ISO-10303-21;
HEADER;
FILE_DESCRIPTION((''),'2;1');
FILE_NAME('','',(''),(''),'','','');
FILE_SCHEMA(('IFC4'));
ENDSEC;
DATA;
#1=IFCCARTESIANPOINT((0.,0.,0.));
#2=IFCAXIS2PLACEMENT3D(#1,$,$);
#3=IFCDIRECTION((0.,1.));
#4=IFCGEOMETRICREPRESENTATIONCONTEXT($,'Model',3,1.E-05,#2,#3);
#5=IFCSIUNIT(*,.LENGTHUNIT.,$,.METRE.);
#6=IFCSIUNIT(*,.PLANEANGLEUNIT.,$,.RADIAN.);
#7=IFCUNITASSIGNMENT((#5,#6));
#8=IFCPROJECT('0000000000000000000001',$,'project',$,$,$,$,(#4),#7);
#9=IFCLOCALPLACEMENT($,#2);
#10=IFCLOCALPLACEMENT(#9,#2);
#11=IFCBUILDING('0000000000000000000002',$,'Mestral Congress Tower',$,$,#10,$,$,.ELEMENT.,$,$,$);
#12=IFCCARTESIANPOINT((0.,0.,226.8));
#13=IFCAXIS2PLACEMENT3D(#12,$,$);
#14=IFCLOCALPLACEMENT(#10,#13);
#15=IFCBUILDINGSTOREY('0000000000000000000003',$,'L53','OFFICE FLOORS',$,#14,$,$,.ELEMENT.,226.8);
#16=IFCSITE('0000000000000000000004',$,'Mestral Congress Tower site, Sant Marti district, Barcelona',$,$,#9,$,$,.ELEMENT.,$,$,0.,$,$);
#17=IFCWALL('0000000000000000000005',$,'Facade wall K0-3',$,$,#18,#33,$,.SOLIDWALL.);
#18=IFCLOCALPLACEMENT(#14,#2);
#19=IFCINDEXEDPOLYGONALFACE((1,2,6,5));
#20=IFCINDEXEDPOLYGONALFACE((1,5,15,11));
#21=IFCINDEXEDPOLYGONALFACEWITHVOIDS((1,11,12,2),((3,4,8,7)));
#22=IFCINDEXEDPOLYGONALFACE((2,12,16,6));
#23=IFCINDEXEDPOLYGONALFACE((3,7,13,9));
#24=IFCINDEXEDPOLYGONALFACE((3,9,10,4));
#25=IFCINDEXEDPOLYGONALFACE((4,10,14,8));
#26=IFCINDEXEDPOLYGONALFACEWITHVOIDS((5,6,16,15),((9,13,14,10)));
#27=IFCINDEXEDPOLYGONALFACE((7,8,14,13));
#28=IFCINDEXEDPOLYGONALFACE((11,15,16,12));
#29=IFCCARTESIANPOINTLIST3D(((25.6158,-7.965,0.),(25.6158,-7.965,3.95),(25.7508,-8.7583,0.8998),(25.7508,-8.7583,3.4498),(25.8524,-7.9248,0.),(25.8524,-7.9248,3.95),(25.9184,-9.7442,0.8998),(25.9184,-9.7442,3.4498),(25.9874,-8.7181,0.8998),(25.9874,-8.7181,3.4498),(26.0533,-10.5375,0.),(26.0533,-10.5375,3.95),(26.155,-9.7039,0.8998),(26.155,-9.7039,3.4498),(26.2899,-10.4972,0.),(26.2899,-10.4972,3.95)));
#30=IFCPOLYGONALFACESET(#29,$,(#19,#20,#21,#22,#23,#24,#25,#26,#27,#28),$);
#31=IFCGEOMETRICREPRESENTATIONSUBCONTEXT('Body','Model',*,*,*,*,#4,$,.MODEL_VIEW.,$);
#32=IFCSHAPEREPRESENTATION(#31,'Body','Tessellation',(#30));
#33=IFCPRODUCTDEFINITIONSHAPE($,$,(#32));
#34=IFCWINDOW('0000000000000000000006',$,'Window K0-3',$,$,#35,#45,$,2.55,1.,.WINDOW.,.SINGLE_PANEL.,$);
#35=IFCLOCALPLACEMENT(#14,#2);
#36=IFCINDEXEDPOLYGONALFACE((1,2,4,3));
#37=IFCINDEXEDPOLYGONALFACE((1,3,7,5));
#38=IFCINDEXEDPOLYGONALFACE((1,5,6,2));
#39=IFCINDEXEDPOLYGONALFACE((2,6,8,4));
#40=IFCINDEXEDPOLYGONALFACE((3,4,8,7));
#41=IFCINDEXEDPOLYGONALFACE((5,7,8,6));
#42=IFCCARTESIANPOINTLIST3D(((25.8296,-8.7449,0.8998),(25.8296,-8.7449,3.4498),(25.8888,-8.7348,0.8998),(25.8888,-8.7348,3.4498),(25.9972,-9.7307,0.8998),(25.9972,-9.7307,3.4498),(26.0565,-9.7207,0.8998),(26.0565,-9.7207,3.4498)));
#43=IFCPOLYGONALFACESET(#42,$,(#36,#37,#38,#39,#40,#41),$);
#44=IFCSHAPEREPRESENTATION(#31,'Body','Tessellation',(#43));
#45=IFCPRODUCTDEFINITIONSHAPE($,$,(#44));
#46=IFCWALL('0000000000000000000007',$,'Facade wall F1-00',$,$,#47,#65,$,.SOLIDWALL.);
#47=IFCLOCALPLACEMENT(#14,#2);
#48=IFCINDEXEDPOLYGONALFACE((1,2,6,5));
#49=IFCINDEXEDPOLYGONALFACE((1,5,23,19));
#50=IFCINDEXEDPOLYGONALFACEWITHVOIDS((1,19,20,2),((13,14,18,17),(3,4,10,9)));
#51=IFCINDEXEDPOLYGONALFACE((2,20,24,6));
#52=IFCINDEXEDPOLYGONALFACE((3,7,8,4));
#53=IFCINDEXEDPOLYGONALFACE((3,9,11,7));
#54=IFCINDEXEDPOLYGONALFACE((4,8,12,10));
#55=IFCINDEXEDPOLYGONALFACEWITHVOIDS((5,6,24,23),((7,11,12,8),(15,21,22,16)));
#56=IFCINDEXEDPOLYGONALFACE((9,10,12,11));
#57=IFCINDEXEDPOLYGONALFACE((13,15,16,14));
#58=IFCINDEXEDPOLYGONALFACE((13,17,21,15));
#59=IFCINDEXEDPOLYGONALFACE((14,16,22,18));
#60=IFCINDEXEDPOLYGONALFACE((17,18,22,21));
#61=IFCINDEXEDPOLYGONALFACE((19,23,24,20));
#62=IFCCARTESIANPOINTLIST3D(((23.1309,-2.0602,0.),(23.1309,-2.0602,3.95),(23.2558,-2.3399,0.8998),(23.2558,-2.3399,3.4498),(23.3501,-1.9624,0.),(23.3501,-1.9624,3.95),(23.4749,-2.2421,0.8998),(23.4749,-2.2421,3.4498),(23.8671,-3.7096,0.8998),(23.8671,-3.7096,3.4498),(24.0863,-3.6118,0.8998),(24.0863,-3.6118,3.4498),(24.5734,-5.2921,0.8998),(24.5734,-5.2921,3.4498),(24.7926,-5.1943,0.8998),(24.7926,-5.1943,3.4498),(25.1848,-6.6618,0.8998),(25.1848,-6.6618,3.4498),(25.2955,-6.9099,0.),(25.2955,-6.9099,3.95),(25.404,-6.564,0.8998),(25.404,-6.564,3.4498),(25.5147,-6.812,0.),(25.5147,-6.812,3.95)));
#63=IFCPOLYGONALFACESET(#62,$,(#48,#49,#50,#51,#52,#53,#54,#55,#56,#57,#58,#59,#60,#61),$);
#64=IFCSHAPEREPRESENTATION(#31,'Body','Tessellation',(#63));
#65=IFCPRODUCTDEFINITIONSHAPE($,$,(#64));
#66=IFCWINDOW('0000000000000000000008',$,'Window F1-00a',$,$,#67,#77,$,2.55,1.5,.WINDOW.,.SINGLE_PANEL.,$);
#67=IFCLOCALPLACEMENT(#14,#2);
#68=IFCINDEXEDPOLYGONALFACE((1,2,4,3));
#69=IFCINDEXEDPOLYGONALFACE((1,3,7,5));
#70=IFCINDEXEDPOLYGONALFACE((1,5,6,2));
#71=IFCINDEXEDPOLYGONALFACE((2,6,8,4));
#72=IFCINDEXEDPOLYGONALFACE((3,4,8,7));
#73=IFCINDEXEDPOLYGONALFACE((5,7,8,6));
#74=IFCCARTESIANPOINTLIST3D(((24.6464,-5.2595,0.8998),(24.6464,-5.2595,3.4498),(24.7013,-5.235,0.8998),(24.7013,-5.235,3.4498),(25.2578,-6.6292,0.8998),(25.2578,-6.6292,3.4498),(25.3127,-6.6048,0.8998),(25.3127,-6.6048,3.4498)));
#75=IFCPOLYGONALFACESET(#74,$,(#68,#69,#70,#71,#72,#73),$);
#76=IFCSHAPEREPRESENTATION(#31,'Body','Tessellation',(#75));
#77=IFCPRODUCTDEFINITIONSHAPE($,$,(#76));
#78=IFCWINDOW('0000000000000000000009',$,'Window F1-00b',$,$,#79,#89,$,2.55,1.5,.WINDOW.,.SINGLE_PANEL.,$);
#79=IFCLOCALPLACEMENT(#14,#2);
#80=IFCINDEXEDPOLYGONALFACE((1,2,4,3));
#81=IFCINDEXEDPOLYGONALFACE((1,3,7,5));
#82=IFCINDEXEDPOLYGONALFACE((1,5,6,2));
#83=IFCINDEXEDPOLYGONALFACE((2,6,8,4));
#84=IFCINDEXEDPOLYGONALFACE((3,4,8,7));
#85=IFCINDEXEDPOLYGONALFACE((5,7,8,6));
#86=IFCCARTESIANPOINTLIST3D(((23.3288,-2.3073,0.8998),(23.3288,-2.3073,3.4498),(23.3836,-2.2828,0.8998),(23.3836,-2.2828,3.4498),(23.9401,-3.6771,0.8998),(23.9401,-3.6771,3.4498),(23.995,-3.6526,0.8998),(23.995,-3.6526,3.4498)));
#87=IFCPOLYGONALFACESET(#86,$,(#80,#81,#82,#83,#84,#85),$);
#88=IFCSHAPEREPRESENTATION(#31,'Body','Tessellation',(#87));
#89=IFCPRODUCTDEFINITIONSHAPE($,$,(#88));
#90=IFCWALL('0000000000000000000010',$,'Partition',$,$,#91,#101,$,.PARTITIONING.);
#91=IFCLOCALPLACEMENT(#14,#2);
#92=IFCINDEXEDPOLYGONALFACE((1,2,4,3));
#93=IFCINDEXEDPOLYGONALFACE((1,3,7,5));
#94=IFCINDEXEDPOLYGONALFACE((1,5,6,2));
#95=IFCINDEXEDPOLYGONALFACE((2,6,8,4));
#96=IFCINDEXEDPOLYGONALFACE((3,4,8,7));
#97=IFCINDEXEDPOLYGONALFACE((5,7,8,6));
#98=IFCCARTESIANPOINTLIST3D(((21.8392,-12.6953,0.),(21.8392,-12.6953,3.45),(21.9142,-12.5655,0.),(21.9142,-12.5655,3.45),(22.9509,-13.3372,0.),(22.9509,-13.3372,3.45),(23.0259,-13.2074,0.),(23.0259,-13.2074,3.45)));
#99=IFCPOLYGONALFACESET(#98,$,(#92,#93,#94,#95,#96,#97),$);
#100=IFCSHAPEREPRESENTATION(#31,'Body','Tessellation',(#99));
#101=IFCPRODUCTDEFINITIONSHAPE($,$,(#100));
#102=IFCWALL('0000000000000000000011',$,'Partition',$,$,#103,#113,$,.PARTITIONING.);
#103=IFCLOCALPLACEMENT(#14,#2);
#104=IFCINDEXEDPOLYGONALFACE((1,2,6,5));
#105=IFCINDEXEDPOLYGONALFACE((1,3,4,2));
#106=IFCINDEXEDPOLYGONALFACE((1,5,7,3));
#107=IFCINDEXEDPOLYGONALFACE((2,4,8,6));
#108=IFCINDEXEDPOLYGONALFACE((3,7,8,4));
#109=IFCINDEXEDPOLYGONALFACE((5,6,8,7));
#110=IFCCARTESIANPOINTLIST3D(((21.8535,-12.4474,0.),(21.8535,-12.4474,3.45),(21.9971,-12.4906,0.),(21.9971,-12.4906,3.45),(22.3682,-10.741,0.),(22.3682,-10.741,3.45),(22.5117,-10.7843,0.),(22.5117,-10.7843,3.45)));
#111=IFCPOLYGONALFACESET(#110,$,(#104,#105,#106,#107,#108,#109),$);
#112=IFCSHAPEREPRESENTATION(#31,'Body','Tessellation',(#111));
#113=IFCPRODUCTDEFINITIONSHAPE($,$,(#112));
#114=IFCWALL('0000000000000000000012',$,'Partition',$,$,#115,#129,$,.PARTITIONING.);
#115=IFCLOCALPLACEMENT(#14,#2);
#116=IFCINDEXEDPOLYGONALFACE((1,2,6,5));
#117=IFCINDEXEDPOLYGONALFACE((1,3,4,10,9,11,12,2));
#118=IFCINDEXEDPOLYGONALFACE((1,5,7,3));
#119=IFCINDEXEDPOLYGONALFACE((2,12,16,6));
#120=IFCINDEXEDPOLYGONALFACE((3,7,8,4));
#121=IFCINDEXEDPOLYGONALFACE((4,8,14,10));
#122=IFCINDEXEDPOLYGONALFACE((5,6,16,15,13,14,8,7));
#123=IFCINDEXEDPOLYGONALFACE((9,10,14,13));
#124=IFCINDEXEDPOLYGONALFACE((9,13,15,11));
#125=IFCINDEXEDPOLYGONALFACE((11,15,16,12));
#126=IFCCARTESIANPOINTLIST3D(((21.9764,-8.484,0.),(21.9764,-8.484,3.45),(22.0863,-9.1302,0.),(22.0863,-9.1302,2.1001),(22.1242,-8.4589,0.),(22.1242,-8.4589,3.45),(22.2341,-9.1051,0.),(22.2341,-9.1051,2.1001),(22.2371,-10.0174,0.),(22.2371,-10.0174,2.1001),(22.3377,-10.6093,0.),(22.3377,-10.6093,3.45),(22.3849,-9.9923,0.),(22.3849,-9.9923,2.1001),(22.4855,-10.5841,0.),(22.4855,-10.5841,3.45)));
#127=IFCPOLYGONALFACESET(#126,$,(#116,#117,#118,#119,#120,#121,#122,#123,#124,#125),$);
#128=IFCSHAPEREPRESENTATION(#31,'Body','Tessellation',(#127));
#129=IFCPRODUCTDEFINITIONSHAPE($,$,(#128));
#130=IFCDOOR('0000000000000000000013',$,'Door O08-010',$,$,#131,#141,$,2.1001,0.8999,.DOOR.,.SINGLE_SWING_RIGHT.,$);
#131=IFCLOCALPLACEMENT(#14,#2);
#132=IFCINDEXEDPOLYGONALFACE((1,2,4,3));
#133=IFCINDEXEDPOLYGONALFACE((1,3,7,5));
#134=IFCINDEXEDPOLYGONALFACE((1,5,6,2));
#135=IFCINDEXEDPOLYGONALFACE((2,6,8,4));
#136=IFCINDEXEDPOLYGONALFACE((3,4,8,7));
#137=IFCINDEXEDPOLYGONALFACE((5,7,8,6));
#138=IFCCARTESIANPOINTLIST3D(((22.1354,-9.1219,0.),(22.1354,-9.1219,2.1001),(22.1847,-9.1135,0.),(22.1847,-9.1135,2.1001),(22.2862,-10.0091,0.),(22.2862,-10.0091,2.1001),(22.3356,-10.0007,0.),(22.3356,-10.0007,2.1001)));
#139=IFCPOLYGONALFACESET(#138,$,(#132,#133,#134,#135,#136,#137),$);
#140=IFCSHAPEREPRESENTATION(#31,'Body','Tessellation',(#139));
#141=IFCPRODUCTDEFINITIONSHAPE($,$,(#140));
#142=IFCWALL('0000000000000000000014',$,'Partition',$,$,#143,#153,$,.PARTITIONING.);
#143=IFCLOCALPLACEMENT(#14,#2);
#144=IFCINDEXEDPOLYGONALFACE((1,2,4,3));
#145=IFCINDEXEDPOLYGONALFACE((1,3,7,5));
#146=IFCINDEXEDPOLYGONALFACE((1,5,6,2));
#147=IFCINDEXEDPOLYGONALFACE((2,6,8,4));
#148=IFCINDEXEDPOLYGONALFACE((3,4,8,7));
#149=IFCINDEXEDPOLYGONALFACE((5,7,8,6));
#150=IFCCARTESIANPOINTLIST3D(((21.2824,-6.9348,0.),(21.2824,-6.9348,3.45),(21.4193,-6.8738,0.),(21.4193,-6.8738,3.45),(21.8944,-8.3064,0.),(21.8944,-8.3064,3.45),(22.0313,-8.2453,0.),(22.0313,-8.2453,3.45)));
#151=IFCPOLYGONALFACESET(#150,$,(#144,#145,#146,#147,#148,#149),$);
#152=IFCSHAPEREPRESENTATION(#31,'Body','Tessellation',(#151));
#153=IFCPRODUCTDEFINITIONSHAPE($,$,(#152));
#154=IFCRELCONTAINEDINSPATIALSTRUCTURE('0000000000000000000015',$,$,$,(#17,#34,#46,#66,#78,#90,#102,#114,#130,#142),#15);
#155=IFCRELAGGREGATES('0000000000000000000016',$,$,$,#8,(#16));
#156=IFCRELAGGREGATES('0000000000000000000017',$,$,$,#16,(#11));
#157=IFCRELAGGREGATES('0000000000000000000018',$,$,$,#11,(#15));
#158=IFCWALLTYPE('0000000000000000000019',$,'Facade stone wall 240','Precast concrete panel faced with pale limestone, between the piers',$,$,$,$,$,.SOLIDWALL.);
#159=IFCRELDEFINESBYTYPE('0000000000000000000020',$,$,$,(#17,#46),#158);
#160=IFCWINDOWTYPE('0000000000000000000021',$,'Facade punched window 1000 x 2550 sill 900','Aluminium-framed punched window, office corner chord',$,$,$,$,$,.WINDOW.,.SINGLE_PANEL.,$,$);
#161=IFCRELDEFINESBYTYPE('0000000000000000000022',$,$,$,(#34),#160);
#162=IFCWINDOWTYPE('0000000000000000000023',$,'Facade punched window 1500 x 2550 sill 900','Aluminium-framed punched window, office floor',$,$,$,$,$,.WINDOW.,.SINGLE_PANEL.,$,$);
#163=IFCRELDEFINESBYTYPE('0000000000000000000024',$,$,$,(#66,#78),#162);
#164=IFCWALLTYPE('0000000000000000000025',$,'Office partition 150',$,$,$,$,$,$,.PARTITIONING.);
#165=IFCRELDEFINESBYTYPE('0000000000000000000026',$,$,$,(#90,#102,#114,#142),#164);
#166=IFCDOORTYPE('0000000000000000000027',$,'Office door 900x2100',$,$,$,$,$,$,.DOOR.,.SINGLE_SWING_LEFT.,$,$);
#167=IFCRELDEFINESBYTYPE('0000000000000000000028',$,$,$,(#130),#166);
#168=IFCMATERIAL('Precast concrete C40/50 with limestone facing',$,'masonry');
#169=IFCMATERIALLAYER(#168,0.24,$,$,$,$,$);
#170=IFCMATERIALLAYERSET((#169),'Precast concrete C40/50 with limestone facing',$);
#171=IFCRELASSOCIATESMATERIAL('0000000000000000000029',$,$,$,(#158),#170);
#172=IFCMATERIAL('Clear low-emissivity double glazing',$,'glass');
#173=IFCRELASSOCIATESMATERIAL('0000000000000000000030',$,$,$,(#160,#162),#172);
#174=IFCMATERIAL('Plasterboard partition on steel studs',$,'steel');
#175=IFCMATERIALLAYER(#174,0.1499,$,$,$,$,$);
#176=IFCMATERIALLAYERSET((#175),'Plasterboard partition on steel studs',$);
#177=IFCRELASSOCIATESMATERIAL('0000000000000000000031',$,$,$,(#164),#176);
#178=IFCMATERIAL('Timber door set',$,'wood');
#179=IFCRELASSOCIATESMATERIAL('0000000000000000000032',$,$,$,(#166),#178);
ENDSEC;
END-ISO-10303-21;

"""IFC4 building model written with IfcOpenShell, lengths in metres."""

from ifc_helpers import new_model, si_unit, direction, frame, frame_2d, origin, place, context, subcontext, project, spatial, rectangle, extrude, material, layer, layer_set, type_object, element, fill, save


model = new_model("IFC4")

# Units and contexts
model_context = context("Model", 3, precision=1e-05, world=origin(), true_north=direction((0.0, 1.0)))
body_context = subcontext(model_context, "Body", "Model", "MODEL_VIEW")
ifc_project = project(units=[si_unit("LENGTHUNIT", "METRE"), si_unit("PLANEANGLEUNIT", "RADIAN")], contexts=[model_context])

# Site, building, storey
site_placement = place(None, origin())
site = spatial("IfcSite", under=ifc_project, at=site_placement, Name="Mestral Congress Tower site, Sant Marti district, Barcelona", CompositionType="ELEMENT", RefElevation=0.0)
building_placement = place(site_placement, origin())
building = spatial("IfcBuilding", under=site, at=building_placement, Name="Mestral Congress Tower", CompositionType="ELEMENT")
storey_placement = place(building_placement, frame((0.0, 0.0, 226.8)))
storey = spatial("IfcBuildingStorey", under=building, at=storey_placement, Name="L53", Description="OFFICE FLOORS", CompositionType="ELEMENT", Elevation=226.8)

# Wall, opening, window
ifc_material_1 = material(Name="Precast concrete C40/50 with limestone facing", Category="masonry")
ifc_layer_1 = layer(ifc_material_1, 0.24)
ifc_layer_set_1 = layer_set([ifc_layer_1], Name="Precast concrete C40/50 with limestone facing")
wall_type_1 = type_object("IfcWallType", Name="Facade stone wall 240", Description="Precast concrete panel faced with pale limestone, between the piers", PredefinedType="SOLIDWALL", material=ifc_layer_set_1)
ifc_material_2 = material(Name="Clear low-emissivity double glazing", Category="glass")
window_type_1 = type_object("IfcWindowType", Name="Facade punched window 1000 x 2550 sill 900", Description="Aluminium-framed punched window, office corner chord", PartitioningType="SINGLE_PANEL", PredefinedType="WINDOW", material=ifc_material_2)
wall_1_placement = place(storey_placement, frame((26.1716, -10.5173, 0.0), z_axis=(0.0, 0.0, 1.0), x_axis=(-0.16766, 0.985845, 0.0)))
wall_1 = element("IfcWall", 1, at=wall_1_placement, inside=storey, type_object=wall_type_1, Name="Facade wall K0-3", PredefinedType="SOLIDWALL", context=body_context, shape_type="SweptSolid", body=[
    extrude(rectangle(XDim=2.6094, YDim=0.24, at=frame_2d((1.3047, 0.0))), origin(), (0.0, 0.0, 1.0), 3.95),
])
opening_1_placement = place(wall_1_placement, frame((0.8047, 0.0, 0.8999)))
opening_1 = element("IfcOpeningElement", 2, at=opening_1_placement, cuts=wall_1, PredefinedType="OPENING", context=body_context, shape_type="SweptSolid", body=[
    extrude(rectangle(XDim=1.0, YDim=2.55, at=frame_2d((0.5, 1.2749))), frame((0.0, 0.1299, 0.0), z_axis=(0.0, -1.0, 0.0), x_axis=(1.0, 0.0, 0.0)), (0.0, 0.0, 1.0), 0.26),
])
window_1_placement = place(opening_1_placement, origin())
window_1 = element("IfcWindow", 3, at=window_1_placement, inside=storey, type_object=window_type_1, Name="Window K0-3", OverallHeight=2.55, OverallWidth=1.0, PartitioningType="SINGLE_PANEL", PredefinedType="WINDOW", context=body_context, shape_type="SweptSolid", body=[
    extrude(rectangle(XDim=1.0, YDim=2.55, at=frame_2d((0.5, 1.2749))), frame((0.0, 0.04, 0.0), z_axis=(0.0, -1.0, 0.0), x_axis=(1.0, 0.0, 0.0)), (0.0, 0.0, 1.0), 0.0601),
])
fill(opening_1, window_1)

# Wall, openings, windows
wall_2_placement = place(storey_placement, frame((25.405, -6.8608, 0.0), z_axis=(0.0, 0.0, 1.0), x_axis=(-0.40758, 0.91317, 0.0)))
wall_2 = element("IfcWall", 4, at=wall_2_placement, inside=storey, type_object=wall_type_1, Name="Facade wall F1-00", PredefinedType="SOLIDWALL", context=body_context, shape_type="SweptSolid", body=[
    extrude(rectangle(XDim=5.3108, YDim=0.24, at=frame_2d((2.6553, 0.0))), origin(), (0.0, 0.0, 1.0), 3.95),
])
opening_2_placement = place(wall_2_placement, frame((0.2715, 0.0, 0.8999)))
opening_2 = element("IfcOpeningElement", 5, at=opening_2_placement, cuts=wall_2, PredefinedType="OPENING", context=body_context, shape_type="SweptSolid", body=[
    extrude(rectangle(XDim=1.5, YDim=2.55, at=frame_2d((0.75, 1.2749))), frame((0.0, 0.1299, 0.0), z_axis=(0.0, -1.0, 0.0), x_axis=(1.0, 0.0, 0.0)), (0.0, 0.0, 1.0), 0.26),
])
opening_3_placement = place(wall_2_placement, frame((3.5044, 0.0, 0.8999)))
opening_3 = element("IfcOpeningElement", 6, at=opening_3_placement, cuts=wall_2, PredefinedType="OPENING", context=body_context, shape_type="SweptSolid", body=[
    extrude(rectangle(XDim=1.5, YDim=2.55, at=frame_2d((0.75, 1.2749))), frame((0.0, 0.1299, 0.0), z_axis=(0.0, -1.0, 0.0), x_axis=(1.0, 0.0, 0.0)), (0.0, 0.0, 1.0), 0.26),
])
window_type_2 = type_object("IfcWindowType", Name="Facade punched window 1500 x 2550 sill 900", Description="Aluminium-framed punched window, office floor", PartitioningType="SINGLE_PANEL", PredefinedType="WINDOW", material=ifc_material_2)
window_2_placement = place(opening_2_placement, origin())
window_2 = element("IfcWindow", 7, at=window_2_placement, inside=storey, type_object=window_type_2, Name="Window F1-00a", OverallHeight=2.55, OverallWidth=1.5, PartitioningType="SINGLE_PANEL", PredefinedType="WINDOW", context=body_context, shape_type="SweptSolid", body=[
    extrude(rectangle(XDim=1.5, YDim=2.55, at=frame_2d((0.75, 1.2749))), frame((0.0, 0.04, 0.0), z_axis=(0.0, -1.0, 0.0), x_axis=(1.0, 0.0, 0.0)), (0.0, 0.0, 1.0), 0.0601),
])
fill(opening_2, window_2)
window_3_placement = place(opening_3_placement, origin())
window_3 = element("IfcWindow", 8, at=window_3_placement, inside=storey, type_object=window_type_2, Name="Window F1-00b", OverallHeight=2.55, OverallWidth=1.5, PartitioningType="SINGLE_PANEL", PredefinedType="WINDOW", context=body_context, shape_type="SweptSolid", body=[
    extrude(rectangle(XDim=1.5, YDim=2.55, at=frame_2d((0.75, 1.2749))), frame((0.0, 0.04, 0.0), z_axis=(0.0, -1.0, 0.0), x_axis=(1.0, 0.0, 0.0)), (0.0, 0.0, 1.0), 0.0601),
])
fill(opening_3, window_3)

# Walls
ifc_material_3 = material(Name="Plasterboard partition on steel studs", Category="steel")
ifc_layer_2 = layer(ifc_material_3, 0.1499)
ifc_layer_set_2 = layer_set([ifc_layer_2], Name="Plasterboard partition on steel studs")
wall_type_2 = type_object("IfcWallType", Name="Office partition 150", PredefinedType="PARTITIONING", material=ifc_layer_set_2)
wall_3_placement = place(storey_placement, frame((21.8767, -12.6304, 0.0), z_axis=(0.0, 0.0, 1.0), x_axis=(0.865999, -0.500046, 0.0)))
element("IfcWall", 9, at=wall_3_placement, inside=storey, type_object=wall_type_2, Name="Partition", PredefinedType="PARTITIONING", context=body_context, shape_type="SweptSolid", body=[
    extrude(rectangle(XDim=1.2837, YDim=0.1499, at=frame_2d((0.6418, 0.0))), origin(), (0.0, 0.0, 1.0), 3.45),
])
wall_4_placement = place(storey_placement, frame((21.9253, -12.469, 0.0), z_axis=(0.0, 0.0, 1.0), x_axis=(0.288768, 0.957399, 0.0)))
element("IfcWall", 10, at=wall_4_placement, inside=storey, type_object=wall_type_2, Name="Partition", PredefinedType="PARTITIONING", context=body_context, shape_type="SweptSolid", body=[
    extrude(rectangle(XDim=1.7822, YDim=0.1499, at=frame_2d((0.8911, 0.0))), origin(), (0.0, 0.0, 1.0), 3.45),
])

# Wall, opening, door
wall_5_placement = place(storey_placement, frame((22.0503, -8.4714, 0.0), z_axis=(0.0, 0.0, 1.0), x_axis=(0.167612, -0.985853, 0.0)))
wall_5 = element("IfcWall", 11, at=wall_5_placement, inside=storey, type_object=wall_type_2, Name="Partition", PredefinedType="PARTITIONING", context=body_context, shape_type="SweptSolid", body=[
    extrude(rectangle(XDim=2.1558, YDim=0.1499, at=frame_2d((1.0779, 0.0))), origin(), (0.0, 0.0, 1.0), 3.45),
])
opening_4_placement = place(wall_5_placement, frame((0.6555, 0.0, 0.0)))
opening_4 = element("IfcOpeningElement", 12, at=opening_4_placement, cuts=wall_5, PredefinedType="OPENING", context=body_context, shape_type="SweptSolid", body=[
    extrude(rectangle(XDim=0.8999, YDim=2.1001, at=frame_2d((0.45, 1.05))), frame((0.0, 0.085, 0.0), z_axis=(0.0, -1.0, 0.0), x_axis=(1.0, 0.0, 0.0)), (0.0, 0.0, 1.0), 0.1699),
])
ifc_material_4 = material(Name="Timber door set", Category="wood")
door_type = type_object("IfcDoorType", Name="Office door 900x2100", OperationType="SINGLE_SWING_LEFT", PredefinedType="DOOR", material=ifc_material_4)
door_placement = place(opening_4_placement, origin())
door = element("IfcDoor", 13, at=door_placement, inside=storey, type_object=door_type, Name="Door O08-010", OperationType="SINGLE_SWING_RIGHT", OverallHeight=2.1001, OverallWidth=0.8999, PredefinedType="DOOR", context=body_context, shape_type="SweptSolid", body=[
    extrude(rectangle(XDim=0.8999, YDim=2.1001, at=frame_2d((0.45, 1.05))), frame((0.0, 0.0249, 0.0), z_axis=(0.0, -1.0, 0.0), x_axis=(1.0, 0.0, 0.0)), (0.0, 0.0, 1.0), 0.05),
])
fill(opening_4, door)

# Wall
wall_6_placement = place(storey_placement, frame((21.9629, -8.2759, 0.0), z_axis=(0.0, 0.0, 1.0), x_axis=(-0.40751, 0.913201, 0.0)))
element("IfcWall", 14, at=wall_6_placement, inside=storey, type_object=wall_type_2, Name="Partition", PredefinedType="PARTITIONING", context=body_context, shape_type="SweptSolid", body=[
    extrude(rectangle(XDim=1.502, YDim=0.1499, at=frame_2d((0.751, 0.0))), origin(), (0.0, 0.0, 1.0), 3.45),
])

save(model, "model.ifc")
